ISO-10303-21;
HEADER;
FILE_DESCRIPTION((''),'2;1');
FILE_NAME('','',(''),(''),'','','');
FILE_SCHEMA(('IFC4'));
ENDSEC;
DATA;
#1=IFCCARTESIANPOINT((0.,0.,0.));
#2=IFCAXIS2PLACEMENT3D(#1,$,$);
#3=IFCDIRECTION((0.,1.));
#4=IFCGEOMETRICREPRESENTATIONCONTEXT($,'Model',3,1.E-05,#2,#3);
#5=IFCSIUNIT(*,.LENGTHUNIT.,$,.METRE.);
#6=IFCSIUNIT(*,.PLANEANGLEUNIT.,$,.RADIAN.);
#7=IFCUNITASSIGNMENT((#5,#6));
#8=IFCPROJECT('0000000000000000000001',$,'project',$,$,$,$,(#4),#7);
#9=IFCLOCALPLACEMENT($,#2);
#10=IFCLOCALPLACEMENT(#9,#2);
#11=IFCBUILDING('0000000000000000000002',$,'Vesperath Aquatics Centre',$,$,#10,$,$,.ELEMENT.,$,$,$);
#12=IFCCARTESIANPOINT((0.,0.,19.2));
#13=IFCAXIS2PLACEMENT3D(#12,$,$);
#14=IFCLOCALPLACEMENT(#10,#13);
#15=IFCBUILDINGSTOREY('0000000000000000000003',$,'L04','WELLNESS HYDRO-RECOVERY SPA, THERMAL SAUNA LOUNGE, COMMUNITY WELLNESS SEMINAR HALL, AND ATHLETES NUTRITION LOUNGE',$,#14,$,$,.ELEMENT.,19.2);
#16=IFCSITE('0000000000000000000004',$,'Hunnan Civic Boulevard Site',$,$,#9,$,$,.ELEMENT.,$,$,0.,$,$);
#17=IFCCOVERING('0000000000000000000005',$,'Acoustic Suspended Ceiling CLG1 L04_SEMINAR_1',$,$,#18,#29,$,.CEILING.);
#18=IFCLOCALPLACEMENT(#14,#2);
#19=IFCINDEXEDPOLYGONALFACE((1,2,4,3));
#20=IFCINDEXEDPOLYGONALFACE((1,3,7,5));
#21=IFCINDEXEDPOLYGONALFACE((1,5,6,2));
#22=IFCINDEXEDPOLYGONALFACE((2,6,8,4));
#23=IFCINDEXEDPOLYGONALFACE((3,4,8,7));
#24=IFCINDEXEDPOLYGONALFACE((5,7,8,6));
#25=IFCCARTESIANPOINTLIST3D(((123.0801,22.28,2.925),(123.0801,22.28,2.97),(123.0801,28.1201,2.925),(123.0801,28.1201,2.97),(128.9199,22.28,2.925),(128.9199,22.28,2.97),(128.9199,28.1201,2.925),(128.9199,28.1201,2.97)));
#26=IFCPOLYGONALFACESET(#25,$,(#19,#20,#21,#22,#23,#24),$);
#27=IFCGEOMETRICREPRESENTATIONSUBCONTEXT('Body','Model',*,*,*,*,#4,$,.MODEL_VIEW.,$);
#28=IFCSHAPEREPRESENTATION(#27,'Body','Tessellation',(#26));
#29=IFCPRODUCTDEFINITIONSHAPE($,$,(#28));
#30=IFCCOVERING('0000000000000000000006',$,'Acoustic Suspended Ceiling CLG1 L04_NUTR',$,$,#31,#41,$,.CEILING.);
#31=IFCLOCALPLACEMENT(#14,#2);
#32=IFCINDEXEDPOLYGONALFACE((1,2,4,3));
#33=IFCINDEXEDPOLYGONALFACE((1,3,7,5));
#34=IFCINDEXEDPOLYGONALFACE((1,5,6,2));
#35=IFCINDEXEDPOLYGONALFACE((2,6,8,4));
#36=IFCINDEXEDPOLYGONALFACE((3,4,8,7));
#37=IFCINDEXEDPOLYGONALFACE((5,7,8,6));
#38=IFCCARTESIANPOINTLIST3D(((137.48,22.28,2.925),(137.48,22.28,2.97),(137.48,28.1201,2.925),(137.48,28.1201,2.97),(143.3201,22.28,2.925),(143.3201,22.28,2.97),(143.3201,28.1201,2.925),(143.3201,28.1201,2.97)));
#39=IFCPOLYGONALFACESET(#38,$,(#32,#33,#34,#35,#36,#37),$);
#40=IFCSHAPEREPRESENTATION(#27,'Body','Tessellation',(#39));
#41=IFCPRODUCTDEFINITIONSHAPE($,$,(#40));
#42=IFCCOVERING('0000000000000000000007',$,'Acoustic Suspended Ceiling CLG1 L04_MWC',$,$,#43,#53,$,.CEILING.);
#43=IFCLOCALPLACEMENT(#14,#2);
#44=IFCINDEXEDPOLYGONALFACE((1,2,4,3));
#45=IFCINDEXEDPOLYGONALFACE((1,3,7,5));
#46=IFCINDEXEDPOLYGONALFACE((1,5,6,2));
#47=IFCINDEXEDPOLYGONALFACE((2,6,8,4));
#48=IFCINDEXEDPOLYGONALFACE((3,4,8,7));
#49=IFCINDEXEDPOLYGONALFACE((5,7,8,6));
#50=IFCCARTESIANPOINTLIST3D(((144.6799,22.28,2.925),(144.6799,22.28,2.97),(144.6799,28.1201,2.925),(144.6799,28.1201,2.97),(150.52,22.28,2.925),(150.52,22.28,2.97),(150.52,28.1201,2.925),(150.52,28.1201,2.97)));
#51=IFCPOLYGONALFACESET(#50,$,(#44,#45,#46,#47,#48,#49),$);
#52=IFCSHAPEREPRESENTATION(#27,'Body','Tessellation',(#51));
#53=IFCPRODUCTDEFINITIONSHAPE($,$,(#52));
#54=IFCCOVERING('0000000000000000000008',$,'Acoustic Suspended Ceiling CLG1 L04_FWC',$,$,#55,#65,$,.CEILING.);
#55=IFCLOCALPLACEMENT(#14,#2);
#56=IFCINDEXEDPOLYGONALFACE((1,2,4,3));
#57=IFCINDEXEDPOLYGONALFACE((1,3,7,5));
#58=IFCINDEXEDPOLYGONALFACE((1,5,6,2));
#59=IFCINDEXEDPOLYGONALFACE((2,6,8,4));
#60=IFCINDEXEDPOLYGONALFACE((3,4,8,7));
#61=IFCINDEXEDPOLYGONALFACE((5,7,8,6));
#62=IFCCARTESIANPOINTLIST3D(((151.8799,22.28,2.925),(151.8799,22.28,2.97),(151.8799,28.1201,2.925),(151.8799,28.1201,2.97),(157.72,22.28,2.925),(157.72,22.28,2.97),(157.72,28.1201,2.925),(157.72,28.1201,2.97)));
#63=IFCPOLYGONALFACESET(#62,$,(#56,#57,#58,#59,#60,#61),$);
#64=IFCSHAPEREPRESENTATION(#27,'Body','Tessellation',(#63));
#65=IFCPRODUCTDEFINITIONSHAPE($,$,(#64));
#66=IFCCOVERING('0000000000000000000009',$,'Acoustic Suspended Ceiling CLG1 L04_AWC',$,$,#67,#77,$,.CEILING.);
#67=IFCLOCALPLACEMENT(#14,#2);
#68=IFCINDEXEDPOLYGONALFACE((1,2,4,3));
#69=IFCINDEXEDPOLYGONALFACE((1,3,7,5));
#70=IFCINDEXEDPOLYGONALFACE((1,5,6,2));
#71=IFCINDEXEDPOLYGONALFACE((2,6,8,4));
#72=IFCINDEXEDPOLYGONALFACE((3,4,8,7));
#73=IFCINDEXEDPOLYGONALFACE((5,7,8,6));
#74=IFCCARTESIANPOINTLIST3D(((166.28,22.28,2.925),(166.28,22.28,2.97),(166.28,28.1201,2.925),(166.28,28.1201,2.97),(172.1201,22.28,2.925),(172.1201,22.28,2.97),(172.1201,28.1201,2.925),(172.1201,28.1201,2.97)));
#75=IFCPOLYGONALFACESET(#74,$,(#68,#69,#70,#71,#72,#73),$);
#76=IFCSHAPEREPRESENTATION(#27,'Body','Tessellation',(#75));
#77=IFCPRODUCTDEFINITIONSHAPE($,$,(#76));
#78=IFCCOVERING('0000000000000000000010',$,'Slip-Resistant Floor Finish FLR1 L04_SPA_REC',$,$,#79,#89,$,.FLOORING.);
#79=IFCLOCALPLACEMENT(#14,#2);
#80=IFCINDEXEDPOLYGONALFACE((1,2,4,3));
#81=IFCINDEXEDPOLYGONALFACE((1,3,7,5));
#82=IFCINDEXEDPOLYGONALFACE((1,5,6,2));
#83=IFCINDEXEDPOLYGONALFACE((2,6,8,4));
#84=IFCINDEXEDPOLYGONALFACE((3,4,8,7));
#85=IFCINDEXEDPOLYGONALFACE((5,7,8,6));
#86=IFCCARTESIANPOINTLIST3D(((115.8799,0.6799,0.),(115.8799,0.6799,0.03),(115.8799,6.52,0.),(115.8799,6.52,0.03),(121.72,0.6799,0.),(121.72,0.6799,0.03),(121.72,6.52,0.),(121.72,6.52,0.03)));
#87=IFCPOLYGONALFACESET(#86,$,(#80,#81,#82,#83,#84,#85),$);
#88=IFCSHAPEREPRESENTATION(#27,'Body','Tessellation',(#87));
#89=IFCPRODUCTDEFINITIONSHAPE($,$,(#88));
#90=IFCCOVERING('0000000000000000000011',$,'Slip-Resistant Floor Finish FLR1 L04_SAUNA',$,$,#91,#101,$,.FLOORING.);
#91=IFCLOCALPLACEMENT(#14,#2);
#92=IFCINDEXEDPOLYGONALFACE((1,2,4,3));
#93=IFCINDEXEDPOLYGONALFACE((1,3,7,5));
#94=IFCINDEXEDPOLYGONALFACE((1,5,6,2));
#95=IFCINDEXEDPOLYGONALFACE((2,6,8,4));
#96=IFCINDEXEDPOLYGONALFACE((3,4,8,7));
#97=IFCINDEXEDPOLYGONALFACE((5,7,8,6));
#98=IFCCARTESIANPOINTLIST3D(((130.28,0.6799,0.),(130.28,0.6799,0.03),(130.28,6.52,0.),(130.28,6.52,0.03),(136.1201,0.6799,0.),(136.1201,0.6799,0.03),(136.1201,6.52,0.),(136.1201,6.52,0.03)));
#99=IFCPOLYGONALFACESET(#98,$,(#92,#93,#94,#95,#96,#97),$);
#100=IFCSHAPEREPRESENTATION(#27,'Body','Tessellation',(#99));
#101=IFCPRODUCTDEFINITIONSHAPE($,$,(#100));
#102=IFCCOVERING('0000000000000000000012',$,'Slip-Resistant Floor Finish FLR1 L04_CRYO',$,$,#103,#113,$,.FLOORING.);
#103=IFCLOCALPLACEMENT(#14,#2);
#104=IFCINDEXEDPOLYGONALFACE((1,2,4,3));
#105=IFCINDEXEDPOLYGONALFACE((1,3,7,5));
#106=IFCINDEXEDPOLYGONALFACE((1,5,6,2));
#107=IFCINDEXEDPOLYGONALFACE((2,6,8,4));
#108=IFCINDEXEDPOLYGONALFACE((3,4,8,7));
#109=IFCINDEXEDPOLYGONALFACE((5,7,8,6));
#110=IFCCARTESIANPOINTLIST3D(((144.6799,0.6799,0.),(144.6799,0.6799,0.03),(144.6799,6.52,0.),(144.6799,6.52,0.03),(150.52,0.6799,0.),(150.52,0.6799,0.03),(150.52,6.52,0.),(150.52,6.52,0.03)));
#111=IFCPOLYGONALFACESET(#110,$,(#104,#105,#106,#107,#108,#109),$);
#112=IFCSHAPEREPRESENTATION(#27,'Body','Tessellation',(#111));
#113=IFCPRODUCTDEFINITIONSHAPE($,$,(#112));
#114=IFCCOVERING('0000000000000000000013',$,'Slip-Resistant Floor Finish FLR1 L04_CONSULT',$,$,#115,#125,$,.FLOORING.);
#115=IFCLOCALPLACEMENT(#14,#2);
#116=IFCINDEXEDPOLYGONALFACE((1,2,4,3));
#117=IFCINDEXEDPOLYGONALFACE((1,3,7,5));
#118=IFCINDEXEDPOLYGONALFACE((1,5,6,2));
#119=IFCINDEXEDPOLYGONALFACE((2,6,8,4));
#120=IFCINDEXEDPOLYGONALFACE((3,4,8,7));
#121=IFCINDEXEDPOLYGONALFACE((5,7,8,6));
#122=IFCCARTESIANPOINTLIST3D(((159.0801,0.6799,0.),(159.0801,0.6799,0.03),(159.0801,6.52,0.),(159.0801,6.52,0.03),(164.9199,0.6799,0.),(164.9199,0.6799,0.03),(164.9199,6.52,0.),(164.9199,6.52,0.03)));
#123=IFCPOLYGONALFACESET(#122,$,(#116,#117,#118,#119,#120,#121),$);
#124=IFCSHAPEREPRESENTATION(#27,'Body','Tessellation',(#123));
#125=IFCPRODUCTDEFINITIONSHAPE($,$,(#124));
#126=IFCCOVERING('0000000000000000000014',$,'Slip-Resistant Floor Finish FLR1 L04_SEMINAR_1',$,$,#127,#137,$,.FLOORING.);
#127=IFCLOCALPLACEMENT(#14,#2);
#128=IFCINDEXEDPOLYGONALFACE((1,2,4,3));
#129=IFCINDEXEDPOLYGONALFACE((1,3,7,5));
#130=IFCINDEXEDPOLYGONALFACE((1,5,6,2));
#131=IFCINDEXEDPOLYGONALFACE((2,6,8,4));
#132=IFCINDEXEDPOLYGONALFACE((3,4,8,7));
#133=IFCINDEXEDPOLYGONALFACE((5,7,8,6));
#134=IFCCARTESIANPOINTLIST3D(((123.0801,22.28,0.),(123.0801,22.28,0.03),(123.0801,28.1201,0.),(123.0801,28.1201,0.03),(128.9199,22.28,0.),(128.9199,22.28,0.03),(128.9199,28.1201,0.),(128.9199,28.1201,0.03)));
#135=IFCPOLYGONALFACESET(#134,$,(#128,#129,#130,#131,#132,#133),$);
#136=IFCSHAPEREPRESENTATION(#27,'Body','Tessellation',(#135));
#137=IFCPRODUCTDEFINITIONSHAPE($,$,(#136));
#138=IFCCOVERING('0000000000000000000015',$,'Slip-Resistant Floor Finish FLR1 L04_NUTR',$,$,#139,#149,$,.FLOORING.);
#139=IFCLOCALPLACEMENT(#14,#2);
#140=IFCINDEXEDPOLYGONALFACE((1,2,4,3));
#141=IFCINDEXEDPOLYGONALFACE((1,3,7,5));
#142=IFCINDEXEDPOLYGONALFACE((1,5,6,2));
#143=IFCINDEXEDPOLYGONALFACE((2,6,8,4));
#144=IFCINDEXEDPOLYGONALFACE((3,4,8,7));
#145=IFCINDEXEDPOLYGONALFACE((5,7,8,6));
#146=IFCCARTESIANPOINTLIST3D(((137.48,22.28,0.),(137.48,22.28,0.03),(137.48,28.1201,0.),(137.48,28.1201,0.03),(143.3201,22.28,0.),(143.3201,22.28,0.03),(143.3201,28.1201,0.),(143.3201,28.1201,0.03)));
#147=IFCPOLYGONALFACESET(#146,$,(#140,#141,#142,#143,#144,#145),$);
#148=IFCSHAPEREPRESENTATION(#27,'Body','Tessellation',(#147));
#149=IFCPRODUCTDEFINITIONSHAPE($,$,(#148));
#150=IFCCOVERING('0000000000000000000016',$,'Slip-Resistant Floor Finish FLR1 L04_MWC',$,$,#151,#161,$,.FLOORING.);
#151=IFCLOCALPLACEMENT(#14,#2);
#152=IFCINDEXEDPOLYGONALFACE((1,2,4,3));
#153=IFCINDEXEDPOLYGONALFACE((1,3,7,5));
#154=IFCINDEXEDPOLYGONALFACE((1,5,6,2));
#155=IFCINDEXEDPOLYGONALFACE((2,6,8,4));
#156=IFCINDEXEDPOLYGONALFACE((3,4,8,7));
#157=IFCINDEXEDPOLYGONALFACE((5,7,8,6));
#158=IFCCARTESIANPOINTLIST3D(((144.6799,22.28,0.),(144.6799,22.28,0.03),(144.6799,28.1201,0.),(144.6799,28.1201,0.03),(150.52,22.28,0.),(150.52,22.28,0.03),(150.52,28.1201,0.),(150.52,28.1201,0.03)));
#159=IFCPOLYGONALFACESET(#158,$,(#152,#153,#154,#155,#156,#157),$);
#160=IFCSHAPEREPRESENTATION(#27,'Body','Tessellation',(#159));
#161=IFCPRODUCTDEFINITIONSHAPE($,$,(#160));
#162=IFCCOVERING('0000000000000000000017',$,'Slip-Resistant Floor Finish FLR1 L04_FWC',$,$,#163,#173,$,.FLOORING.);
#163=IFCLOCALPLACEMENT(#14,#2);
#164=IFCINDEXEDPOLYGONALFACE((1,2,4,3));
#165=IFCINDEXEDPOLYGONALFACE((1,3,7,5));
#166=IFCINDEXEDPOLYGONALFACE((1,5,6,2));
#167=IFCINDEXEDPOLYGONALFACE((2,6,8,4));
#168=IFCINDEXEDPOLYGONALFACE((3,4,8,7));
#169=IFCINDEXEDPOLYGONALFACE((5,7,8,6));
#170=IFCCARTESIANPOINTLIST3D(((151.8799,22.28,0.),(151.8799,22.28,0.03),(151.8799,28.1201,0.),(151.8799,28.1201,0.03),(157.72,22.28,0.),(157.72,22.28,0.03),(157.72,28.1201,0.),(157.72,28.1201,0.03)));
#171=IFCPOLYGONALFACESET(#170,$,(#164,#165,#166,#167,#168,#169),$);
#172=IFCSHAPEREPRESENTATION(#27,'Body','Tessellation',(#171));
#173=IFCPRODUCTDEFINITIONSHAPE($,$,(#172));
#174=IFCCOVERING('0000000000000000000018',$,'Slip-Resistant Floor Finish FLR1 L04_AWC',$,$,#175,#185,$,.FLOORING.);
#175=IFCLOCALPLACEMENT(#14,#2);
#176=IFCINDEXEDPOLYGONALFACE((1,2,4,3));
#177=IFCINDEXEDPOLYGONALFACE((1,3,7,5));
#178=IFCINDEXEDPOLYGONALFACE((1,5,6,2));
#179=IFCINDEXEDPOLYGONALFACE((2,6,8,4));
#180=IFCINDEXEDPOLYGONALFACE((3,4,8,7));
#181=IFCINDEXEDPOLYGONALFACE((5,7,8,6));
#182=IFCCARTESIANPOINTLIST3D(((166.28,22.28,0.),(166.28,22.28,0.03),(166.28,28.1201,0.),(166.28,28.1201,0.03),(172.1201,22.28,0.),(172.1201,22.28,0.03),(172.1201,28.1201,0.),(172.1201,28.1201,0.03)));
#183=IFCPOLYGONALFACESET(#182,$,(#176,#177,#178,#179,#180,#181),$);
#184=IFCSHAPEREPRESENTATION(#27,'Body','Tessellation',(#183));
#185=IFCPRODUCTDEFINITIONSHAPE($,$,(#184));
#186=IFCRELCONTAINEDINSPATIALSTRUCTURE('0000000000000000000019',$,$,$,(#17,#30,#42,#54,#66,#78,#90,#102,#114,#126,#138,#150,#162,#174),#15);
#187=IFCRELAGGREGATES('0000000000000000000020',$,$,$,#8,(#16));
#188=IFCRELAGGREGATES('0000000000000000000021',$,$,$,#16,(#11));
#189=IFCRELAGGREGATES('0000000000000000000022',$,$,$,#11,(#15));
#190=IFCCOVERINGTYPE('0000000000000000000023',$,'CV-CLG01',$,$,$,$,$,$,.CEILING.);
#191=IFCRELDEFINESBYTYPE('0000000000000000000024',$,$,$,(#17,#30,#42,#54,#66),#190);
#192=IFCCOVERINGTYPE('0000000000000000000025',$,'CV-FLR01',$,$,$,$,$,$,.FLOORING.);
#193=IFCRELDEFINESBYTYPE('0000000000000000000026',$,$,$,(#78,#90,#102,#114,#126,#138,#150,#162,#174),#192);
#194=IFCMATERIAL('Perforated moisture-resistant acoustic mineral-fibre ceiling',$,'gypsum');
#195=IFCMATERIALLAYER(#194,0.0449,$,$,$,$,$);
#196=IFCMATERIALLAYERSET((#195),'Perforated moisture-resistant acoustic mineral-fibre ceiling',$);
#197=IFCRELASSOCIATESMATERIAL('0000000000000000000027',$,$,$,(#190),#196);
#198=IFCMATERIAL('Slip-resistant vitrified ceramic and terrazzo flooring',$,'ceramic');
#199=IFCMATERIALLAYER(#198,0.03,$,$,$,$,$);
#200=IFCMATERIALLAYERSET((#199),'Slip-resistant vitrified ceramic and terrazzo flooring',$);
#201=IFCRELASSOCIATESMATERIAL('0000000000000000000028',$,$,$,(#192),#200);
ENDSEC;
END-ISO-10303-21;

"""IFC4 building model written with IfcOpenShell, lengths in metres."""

from ifc_helpers import new_model, si_unit, direction, frame, origin, place, context, subcontext, project, spatial, polyline, outline, extrude, material, layer, layer_set, type_object, element, save


model = new_model("IFC4")

# Units and contexts
model_context = context("Model", 3, precision=1e-05, world=origin(), true_north=direction((0.0, 1.0)))
body_context = subcontext(model_context, "Body", "Model", "MODEL_VIEW")
ifc_project = project(units=[si_unit("LENGTHUNIT", "METRE"), si_unit("PLANEANGLEUNIT", "RADIAN")], contexts=[model_context])

# Site, building, storey
site_placement = place(None, origin())
site = spatial("IfcSite", under=ifc_project, at=site_placement, Name="Hunnan Civic Boulevard Site", CompositionType="ELEMENT", RefElevation=0.0)
building_placement = place(site_placement, origin())
building = spatial("IfcBuilding", under=site, at=building_placement, Name="Vesperath Aquatics Centre", CompositionType="ELEMENT")
storey_placement = place(building_placement, frame((0.0, 0.0, 19.2)))
storey = spatial("IfcBuildingStorey", under=building, at=storey_placement, Name="L04", Description="WELLNESS HYDRO-RECOVERY SPA, THERMAL SAUNA LOUNGE, COMMUNITY WELLNESS SEMINAR HALL, AND ATHLETES NUTRITION LOUNGE", CompositionType="ELEMENT", Elevation=19.2)

# Coverings
ifc_material_1 = material(Name="Perforated moisture-resistant acoustic mineral-fibre ceiling", Category="gypsum")
ifc_layer_1 = layer(ifc_material_1, 0.0449)
ifc_layer_set_1 = layer_set([ifc_layer_1], Name="Perforated moisture-resistant acoustic mineral-fibre ceiling")
covering_type_1 = type_object("IfcCoveringType", Name="CV-CLG01", PredefinedType="CEILING", material=ifc_layer_set_1)
covering_1_placement = place(storey_placement, frame((0.0, 0.0, 2.925)))
element("IfcCovering", 1, at=covering_1_placement, inside=storey, type_object=covering_type_1, Name="Acoustic Suspended Ceiling CLG1 L04_SEMINAR_1", PredefinedType="CEILING", context=body_context, shape_type="SweptSolid", body=[
    extrude(outline(polyline([(123.0801, 22.28), (128.9199, 22.28), (128.9199, 28.1201), (123.0801, 28.1201), (123.0801, 22.28)])), origin(), (0.0, 0.0, 1.0), 0.0449),
])
covering_2_placement = place(storey_placement, frame((0.0, 0.0, 2.925)))
element("IfcCovering", 2, at=covering_2_placement, inside=storey, type_object=covering_type_1, Name="Acoustic Suspended Ceiling CLG1 L04_NUTR", PredefinedType="CEILING", context=body_context, shape_type="SweptSolid", body=[
    extrude(outline(polyline([(137.48, 22.28), (143.3201, 22.28), (143.3201, 28.1201), (137.48, 28.1201), (137.48, 22.28)])), origin(), (0.0, 0.0, 1.0), 0.0449),
])
covering_3_placement = place(storey_placement, frame((0.0, 0.0, 2.925)))
element("IfcCovering", 3, at=covering_3_placement, inside=storey, type_object=covering_type_1, Name="Acoustic Suspended Ceiling CLG1 L04_MWC", PredefinedType="CEILING", context=body_context, shape_type="SweptSolid", body=[
    extrude(outline(polyline([(144.6799, 22.28), (150.52, 22.28), (150.52, 28.1201), (144.6799, 28.1201), (144.6799, 22.28)])), origin(), (0.0, 0.0, 1.0), 0.0449),
])
covering_4_placement = place(storey_placement, frame((0.0, 0.0, 2.925)))
element("IfcCovering", 4, at=covering_4_placement, inside=storey, type_object=covering_type_1, Name="Acoustic Suspended Ceiling CLG1 L04_FWC", PredefinedType="CEILING", context=body_context, shape_type="SweptSolid", body=[
    extrude(outline(polyline([(151.8799, 22.28), (157.72, 22.28), (157.72, 28.1201), (151.8799, 28.1201), (151.8799, 22.28)])), origin(), (0.0, 0.0, 1.0), 0.0449),
])
covering_5_placement = place(storey_placement, frame((0.0, 0.0, 2.925)))
element("IfcCovering", 5, at=covering_5_placement, inside=storey, type_object=covering_type_1, Name="Acoustic Suspended Ceiling CLG1 L04_AWC", PredefinedType="CEILING", context=body_context, shape_type="SweptSolid", body=[
    extrude(outline(polyline([(166.28, 22.28), (172.1201, 22.28), (172.1201, 28.1201), (166.28, 28.1201), (166.28, 22.28)])), origin(), (0.0, 0.0, 1.0), 0.0449),
])
ifc_material_2 = material(Name="Slip-resistant vitrified ceramic and terrazzo flooring", Category="ceramic")
ifc_layer_2 = layer(ifc_material_2, 0.03)
ifc_layer_set_2 = layer_set([ifc_layer_2], Name="Slip-resistant vitrified ceramic and terrazzo flooring")
covering_type_2 = type_object("IfcCoveringType", Name="CV-FLR01", PredefinedType="FLOORING", material=ifc_layer_set_2)
covering_6_placement = place(storey_placement, origin())
element("IfcCovering", 6, at=covering_6_placement, inside=storey, type_object=covering_type_2, Name="Slip-Resistant Floor Finish FLR1 L04_SPA_REC", PredefinedType="FLOORING", context=body_context, shape_type="SweptSolid", body=[
    extrude(outline(polyline([(115.8799, 0.6799), (121.72, 0.6799), (121.72, 6.52), (115.8799, 6.52), (115.8799, 0.6799)])), origin(), (0.0, 0.0, 1.0), 0.03),
])
covering_7_placement = place(storey_placement, origin())
element("IfcCovering", 7, at=covering_7_placement, inside=storey, type_object=covering_type_2, Name="Slip-Resistant Floor Finish FLR1 L04_SAUNA", PredefinedType="FLOORING", context=body_context, shape_type="SweptSolid", body=[
    extrude(outline(polyline([(130.28, 0.6799), (136.1201, 0.6799), (136.1201, 6.52), (130.28, 6.52), (130.28, 0.6799)])), origin(), (0.0, 0.0, 1.0), 0.03),
])
covering_8_placement = place(storey_placement, origin())
element("IfcCovering", 8, at=covering_8_placement, inside=storey, type_object=covering_type_2, Name="Slip-Resistant Floor Finish FLR1 L04_CRYO", PredefinedType="FLOORING", context=body_context, shape_type="SweptSolid", body=[
    extrude(outline(polyline([(144.6799, 0.6799), (150.52, 0.6799), (150.52, 6.52), (144.6799, 6.52), (144.6799, 0.6799)])), origin(), (0.0, 0.0, 1.0), 0.03),
])
covering_9_placement = place(storey_placement, origin())
element("IfcCovering", 9, at=covering_9_placement, inside=storey, type_object=covering_type_2, Name="Slip-Resistant Floor Finish FLR1 L04_CONSULT", PredefinedType="FLOORING", context=body_context, shape_type="SweptSolid", body=[
    extrude(outline(polyline([(159.0801, 0.6799), (164.9199, 0.6799), (164.9199, 6.52), (159.0801, 6.52), (159.0801, 0.6799)])), origin(), (0.0, 0.0, 1.0), 0.03),
])
covering_10_placement = place(storey_placement, origin())
element("IfcCovering", 10, at=covering_10_placement, inside=storey, type_object=covering_type_2, Name="Slip-Resistant Floor Finish FLR1 L04_SEMINAR_1", PredefinedType="FLOORING", context=body_context, shape_type="SweptSolid", body=[
    extrude(outline(polyline([(123.0801, 22.28), (128.9199, 22.28), (128.9199, 28.1201), (123.0801, 28.1201), (123.0801, 22.28)])), origin(), (0.0, 0.0, 1.0), 0.03),
])
covering_11_placement = place(storey_placement, origin())
element("IfcCovering", 11, at=covering_11_placement, inside=storey, type_object=covering_type_2, Name="Slip-Resistant Floor Finish FLR1 L04_NUTR", PredefinedType="FLOORING", context=body_context, shape_type="SweptSolid", body=[
    extrude(outline(polyline([(137.48, 22.28), (143.3201, 22.28), (143.3201, 28.1201), (137.48, 28.1201), (137.48, 22.28)])), origin(), (0.0, 0.0, 1.0), 0.03),
])
covering_12_placement = place(storey_placement, origin())
element("IfcCovering", 12, at=covering_12_placement, inside=storey, type_object=covering_type_2, Name="Slip-Resistant Floor Finish FLR1 L04_MWC", PredefinedType="FLOORING", context=body_context, shape_type="SweptSolid", body=[
    extrude(outline(polyline([(144.6799, 22.28), (150.52, 22.28), (150.52, 28.1201), (144.6799, 28.1201), (144.6799, 22.28)])), origin(), (0.0, 0.0, 1.0), 0.03),
])
covering_13_placement = place(storey_placement, origin())
element("IfcCovering", 13, at=covering_13_placement, inside=storey, type_object=covering_type_2, Name="Slip-Resistant Floor Finish FLR1 L04_FWC", PredefinedType="FLOORING", context=body_context, shape_type="SweptSolid", body=[
    extrude(outline(polyline([(151.8799, 22.28), (157.72, 22.28), (157.72, 28.1201), (151.8799, 28.1201), (151.8799, 22.28)])), origin(), (0.0, 0.0, 1.0), 0.03),
])
covering_14_placement = place(storey_placement, origin())
element("IfcCovering", 14, at=covering_14_placement, inside=storey, type_object=covering_type_2, Name="Slip-Resistant Floor Finish FLR1 L04_AWC", PredefinedType="FLOORING", context=body_context, shape_type="SweptSolid", body=[
    extrude(outline(polyline([(166.28, 22.28), (172.1201, 22.28), (172.1201, 28.1201), (166.28, 28.1201), (166.28, 22.28)])), origin(), (0.0, 0.0, 1.0), 0.03),
])

save(model, "model.ifc")
